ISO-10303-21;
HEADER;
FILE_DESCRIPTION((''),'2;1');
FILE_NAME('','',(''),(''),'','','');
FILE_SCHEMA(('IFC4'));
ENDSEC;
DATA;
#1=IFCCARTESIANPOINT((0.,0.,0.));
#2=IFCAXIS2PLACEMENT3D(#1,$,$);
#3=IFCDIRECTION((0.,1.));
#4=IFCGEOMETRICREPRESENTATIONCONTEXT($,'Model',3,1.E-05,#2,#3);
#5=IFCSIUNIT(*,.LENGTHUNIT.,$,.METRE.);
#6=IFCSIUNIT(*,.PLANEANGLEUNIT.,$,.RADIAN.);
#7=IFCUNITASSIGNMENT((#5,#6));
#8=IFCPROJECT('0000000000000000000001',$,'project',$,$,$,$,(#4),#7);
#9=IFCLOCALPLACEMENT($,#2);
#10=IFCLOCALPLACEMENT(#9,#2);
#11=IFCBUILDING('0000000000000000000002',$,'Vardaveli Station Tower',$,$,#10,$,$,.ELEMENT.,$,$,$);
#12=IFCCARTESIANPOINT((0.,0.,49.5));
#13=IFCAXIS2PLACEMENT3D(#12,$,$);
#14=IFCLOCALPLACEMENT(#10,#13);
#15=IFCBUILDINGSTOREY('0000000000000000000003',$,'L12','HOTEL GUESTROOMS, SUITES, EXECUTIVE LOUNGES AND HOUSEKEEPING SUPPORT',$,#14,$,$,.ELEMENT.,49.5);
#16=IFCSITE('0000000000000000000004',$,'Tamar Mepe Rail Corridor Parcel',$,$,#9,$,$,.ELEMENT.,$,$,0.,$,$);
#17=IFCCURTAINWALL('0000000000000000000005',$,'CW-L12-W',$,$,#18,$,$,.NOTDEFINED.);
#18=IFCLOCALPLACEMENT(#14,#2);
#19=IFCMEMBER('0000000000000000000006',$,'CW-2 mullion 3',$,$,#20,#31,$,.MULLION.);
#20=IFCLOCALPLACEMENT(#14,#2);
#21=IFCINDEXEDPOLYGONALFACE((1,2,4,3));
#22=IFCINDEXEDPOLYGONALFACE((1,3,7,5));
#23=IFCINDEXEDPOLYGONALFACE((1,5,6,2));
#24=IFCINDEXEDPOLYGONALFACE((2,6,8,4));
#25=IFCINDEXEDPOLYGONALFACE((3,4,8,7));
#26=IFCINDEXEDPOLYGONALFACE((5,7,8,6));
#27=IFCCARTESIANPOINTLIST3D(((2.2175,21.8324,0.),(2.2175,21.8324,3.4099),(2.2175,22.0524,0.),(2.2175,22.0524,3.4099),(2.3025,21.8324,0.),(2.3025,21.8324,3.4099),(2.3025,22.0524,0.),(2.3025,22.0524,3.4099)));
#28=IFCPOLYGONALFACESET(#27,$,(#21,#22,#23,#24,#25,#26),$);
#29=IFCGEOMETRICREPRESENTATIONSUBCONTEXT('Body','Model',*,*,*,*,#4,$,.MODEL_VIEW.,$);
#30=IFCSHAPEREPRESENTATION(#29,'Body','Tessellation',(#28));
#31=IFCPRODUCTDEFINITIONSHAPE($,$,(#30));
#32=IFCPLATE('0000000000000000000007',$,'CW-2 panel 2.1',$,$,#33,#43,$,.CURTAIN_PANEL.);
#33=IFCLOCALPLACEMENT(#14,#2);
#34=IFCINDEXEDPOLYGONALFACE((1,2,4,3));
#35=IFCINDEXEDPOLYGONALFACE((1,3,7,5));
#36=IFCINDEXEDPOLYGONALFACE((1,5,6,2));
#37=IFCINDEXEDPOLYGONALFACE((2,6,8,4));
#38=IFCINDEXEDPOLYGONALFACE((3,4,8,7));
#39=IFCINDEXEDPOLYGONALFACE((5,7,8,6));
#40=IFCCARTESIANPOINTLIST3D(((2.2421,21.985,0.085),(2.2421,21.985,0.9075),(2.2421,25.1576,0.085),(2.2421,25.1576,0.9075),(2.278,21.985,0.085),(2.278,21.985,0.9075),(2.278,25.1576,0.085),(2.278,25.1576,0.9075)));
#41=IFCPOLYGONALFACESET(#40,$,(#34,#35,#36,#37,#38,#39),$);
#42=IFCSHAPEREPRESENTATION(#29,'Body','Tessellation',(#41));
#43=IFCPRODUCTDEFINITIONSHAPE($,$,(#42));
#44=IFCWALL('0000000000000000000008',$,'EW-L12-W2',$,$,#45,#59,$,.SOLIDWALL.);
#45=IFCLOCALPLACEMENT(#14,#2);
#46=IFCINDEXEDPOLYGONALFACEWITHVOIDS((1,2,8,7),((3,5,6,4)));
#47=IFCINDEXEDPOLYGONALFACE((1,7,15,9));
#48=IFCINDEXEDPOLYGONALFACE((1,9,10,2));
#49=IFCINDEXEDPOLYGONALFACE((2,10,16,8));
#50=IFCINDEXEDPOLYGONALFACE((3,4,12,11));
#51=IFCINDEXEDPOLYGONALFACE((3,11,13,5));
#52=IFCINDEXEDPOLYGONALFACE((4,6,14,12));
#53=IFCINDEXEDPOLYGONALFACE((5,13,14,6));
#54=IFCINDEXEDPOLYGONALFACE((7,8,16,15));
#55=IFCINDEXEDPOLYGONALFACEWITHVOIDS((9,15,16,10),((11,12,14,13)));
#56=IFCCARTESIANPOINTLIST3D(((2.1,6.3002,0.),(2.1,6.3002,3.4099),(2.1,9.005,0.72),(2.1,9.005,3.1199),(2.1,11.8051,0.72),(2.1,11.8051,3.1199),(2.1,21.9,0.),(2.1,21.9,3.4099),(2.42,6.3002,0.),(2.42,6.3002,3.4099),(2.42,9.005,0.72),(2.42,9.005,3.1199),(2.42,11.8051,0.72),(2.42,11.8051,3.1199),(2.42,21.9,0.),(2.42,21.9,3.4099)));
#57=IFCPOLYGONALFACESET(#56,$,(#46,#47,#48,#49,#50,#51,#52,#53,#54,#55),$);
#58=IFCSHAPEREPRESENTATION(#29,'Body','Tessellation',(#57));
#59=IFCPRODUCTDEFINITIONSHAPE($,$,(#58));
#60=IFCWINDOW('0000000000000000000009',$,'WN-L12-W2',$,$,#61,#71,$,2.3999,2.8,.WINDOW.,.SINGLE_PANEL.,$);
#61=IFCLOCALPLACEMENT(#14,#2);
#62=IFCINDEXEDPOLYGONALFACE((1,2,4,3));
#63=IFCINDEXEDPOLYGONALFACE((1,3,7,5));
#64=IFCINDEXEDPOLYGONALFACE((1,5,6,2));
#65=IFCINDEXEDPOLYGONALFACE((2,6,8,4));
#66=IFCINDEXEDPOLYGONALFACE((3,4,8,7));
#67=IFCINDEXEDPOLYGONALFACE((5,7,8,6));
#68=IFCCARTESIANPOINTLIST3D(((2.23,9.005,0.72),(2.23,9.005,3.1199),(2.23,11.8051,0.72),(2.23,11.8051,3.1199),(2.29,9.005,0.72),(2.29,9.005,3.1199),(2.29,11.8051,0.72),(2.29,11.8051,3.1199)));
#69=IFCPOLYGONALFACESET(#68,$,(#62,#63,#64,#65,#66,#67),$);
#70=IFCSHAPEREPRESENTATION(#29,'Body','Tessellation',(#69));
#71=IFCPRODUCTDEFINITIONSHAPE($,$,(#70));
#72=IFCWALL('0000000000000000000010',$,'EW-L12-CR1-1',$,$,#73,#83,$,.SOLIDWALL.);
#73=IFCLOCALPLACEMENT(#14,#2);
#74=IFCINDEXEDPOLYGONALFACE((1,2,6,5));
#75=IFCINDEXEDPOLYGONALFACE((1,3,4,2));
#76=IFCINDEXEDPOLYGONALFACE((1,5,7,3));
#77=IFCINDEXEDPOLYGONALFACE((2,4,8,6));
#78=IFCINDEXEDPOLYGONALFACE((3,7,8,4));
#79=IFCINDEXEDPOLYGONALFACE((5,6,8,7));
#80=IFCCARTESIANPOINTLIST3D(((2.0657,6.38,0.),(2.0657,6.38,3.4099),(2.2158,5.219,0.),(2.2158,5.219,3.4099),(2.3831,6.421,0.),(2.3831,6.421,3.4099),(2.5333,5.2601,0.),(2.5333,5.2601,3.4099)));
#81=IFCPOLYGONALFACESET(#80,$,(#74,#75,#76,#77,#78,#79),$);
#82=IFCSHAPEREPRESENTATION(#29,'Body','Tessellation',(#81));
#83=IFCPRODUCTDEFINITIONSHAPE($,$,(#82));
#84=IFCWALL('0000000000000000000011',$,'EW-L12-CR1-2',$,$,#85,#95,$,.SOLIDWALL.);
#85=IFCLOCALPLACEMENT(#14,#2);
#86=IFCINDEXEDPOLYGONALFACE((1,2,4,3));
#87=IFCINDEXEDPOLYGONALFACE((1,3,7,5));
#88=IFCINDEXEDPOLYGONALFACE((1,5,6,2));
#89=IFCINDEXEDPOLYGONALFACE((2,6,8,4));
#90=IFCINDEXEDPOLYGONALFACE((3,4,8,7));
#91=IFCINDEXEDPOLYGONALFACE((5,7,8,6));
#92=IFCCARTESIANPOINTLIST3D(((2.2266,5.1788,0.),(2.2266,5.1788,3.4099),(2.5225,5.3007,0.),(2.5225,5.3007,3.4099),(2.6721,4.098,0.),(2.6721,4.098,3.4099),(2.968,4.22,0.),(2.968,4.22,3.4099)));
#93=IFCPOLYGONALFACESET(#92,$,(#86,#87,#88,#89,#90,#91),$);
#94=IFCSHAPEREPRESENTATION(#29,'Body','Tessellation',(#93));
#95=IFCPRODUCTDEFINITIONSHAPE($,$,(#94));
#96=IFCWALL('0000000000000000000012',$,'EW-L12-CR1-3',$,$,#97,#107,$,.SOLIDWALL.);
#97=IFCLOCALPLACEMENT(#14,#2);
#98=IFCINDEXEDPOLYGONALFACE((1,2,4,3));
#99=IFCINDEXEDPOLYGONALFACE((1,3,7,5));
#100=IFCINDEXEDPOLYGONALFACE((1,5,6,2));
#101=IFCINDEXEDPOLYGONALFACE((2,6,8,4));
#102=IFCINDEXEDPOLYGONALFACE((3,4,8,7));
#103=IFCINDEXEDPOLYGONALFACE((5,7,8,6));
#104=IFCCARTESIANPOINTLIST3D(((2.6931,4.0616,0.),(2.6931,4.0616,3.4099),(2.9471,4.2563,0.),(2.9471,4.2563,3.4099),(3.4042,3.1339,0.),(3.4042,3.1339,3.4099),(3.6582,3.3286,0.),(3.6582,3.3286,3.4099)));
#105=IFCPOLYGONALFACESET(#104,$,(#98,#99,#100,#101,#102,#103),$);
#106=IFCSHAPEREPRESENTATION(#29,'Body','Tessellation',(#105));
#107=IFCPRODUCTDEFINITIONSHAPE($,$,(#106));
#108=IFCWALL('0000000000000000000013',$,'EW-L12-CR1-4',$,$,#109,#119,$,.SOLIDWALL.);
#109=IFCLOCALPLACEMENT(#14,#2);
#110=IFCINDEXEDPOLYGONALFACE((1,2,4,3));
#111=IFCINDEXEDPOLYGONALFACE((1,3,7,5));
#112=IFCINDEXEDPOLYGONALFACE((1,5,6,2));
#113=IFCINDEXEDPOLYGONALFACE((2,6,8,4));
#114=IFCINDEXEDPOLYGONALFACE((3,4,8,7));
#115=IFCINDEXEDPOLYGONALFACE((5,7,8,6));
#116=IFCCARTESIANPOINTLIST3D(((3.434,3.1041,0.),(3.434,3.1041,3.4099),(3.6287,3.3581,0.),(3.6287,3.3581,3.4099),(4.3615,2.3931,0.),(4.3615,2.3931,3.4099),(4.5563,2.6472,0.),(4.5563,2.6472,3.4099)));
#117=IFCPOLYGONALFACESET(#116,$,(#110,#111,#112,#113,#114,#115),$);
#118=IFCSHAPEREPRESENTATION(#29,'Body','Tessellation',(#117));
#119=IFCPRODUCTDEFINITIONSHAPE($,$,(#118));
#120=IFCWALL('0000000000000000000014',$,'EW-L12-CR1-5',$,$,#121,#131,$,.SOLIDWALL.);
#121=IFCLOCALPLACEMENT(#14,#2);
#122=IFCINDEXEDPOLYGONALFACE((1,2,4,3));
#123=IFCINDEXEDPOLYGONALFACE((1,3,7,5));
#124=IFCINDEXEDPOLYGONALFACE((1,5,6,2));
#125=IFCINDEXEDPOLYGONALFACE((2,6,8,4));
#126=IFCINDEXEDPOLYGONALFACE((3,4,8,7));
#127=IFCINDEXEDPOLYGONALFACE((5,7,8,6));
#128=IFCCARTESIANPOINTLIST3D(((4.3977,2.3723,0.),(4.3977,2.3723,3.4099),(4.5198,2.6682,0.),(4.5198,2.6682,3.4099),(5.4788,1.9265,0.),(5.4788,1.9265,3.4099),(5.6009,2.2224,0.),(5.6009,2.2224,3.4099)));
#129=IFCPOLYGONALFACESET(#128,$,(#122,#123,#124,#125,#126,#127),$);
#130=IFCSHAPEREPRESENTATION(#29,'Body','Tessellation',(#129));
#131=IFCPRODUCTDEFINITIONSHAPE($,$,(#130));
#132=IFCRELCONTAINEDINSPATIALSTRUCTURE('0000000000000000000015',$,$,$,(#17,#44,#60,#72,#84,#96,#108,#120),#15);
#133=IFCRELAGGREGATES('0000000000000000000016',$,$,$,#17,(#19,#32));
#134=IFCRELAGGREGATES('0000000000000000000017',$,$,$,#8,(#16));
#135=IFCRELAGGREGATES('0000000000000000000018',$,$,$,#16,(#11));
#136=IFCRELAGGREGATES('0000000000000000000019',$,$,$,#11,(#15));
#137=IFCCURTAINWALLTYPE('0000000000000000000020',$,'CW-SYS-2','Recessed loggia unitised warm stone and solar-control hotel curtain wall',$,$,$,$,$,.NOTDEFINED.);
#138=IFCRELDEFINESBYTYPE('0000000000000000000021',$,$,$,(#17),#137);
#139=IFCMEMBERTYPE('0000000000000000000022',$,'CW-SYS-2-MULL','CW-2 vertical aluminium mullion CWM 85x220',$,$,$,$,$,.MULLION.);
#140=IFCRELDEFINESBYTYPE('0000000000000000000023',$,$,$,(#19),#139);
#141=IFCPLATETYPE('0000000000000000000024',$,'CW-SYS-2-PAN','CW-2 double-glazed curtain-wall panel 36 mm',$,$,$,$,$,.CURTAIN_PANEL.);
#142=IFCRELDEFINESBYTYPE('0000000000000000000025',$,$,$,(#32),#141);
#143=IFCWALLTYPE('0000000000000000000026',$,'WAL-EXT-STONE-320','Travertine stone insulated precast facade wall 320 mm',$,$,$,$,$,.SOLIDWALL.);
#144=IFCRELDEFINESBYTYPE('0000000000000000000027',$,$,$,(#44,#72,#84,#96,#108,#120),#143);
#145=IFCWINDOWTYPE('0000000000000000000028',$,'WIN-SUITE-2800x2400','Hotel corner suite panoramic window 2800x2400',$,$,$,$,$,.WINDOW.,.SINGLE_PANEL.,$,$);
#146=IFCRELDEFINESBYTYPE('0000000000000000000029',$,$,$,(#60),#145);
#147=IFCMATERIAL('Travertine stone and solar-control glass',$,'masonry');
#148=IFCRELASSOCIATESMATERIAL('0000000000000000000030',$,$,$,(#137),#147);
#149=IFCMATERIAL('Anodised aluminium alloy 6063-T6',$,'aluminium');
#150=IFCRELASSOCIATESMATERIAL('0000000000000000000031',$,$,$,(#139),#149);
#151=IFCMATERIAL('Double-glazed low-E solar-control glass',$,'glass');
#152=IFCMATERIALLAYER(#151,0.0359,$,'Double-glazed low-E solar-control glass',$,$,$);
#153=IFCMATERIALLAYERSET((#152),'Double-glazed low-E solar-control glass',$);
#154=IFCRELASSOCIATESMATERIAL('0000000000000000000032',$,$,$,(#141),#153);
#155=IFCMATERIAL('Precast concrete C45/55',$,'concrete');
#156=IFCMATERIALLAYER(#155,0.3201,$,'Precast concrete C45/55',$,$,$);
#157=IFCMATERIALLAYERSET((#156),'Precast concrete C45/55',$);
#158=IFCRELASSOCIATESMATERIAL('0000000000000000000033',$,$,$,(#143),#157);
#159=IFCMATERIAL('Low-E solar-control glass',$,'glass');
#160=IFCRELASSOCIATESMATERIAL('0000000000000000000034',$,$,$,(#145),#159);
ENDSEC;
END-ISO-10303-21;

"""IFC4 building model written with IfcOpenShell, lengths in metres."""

from ifc_helpers import new_model, si_unit, direction, frame, frame_2d, origin, origin_2d, place, context, subcontext, project, spatial, rectangle, extrude, source, transform, mapped, material, layer, layer_set, material_profile, profile_set, type_object, element, fill, aggregate, save


model = new_model("IFC4")

# Units and contexts
model_context = context("Model", 3, precision=1e-05, world=origin(), true_north=direction((0.0, 1.0)))
body_context = subcontext(model_context, "Body", "Model", "MODEL_VIEW")
ifc_project = project(units=[si_unit("LENGTHUNIT", "METRE"), si_unit("PLANEANGLEUNIT", "RADIAN")], contexts=[model_context])

# Site, building, storey
site_placement = place(None, origin())
site = spatial("IfcSite", under=ifc_project, at=site_placement, Name="Tamar Mepe Rail Corridor Parcel", CompositionType="ELEMENT", RefElevation=0.0)
building_placement = place(site_placement, origin())
building = spatial("IfcBuilding", under=site, at=building_placement, Name="Vardaveli Station Tower", CompositionType="ELEMENT")
storey_placement = place(building_placement, frame((0.0, 0.0, 49.5)))
storey = spatial("IfcBuildingStorey", under=building, at=storey_placement, Name="L12", Description="HOTEL GUESTROOMS, SUITES, EXECUTIVE LOUNGES AND HOUSEKEEPING SUPPORT", CompositionType="ELEMENT", Elevation=49.5)

# Shared definitions
ifc_material_1 = material(Name="Precast concrete C45/55", Category="concrete")

# Curtain wall, member, plate
ifc_material_2 = material(Name="Travertine stone and solar-control glass", Category="masonry")
curtain_wall_type = type_object("IfcCurtainWallType", Name="CW-SYS-2", Description="Recessed loggia unitised warm stone and solar-control hotel curtain wall", PredefinedType="NOTDEFINED", material=ifc_material_2)
curtain_wall_placement = place(storey_placement, origin())
curtain_wall = element("IfcCurtainWall", 1, at=curtain_wall_placement, inside=storey, type_object=curtain_wall_type, Name="CW-L12-W", PredefinedType="NOTDEFINED")
ifc_material_3 = material(Name="Anodised aluminium alloy 6063-T6", Category="aluminium")
ifc_material_profile_1 = material_profile(ifc_material_3, rectangle(XDim=0.085, YDim=0.22, at=origin_2d()), Name="CWM 85x220")
ifc_profile_set_1 = profile_set([ifc_material_profile_1], Name="Anodised aluminium alloy 6063-T6")
member_type = type_object("IfcMemberType", Name="CW-SYS-2-MULL", Description="CW-2 vertical aluminium mullion CWM 85x220", PredefinedType="MULLION", material=ifc_profile_set_1)
shared_shape_1 = source(origin(), body_context, "Body", "SweptSolid", [
    extrude(rectangle(XDim=0.085, YDim=0.22, at=origin_2d()), origin(), (0.0, 0.0, 1.0), 3.4099),
])
member_placement = place(storey_placement, frame((2.26, 21.9424, 0.0), z_axis=(0.0, 0.0, 1.0), x_axis=(1.0, 0.0, 0.0)))
member = element("IfcMember", 2, at=member_placement, type_object=member_type, Name="CW-2 mullion 3", PredefinedType="MULLION", context=body_context, shape_type="MappedRepresentation", body=[
    mapped(shared_shape_1, transform((0.0, 0.0, 0.0), scale=1.0)),
])
ifc_material_4 = material(Name="Double-glazed low-E solar-control glass", Category="glass")
ifc_layer_1 = layer(ifc_material_4, 0.0359, Name="Double-glazed low-E solar-control glass")
ifc_layer_set_1 = layer_set([ifc_layer_1], Name="Double-glazed low-E solar-control glass")
plate_type = type_object("IfcPlateType", Name="CW-SYS-2-PAN", Description="CW-2 double-glazed curtain-wall panel 36 mm", PredefinedType="CURTAIN_PANEL", material=ifc_layer_set_1)
shared_shape_2 = source(origin(), body_context, "Body", "SweptSolid", [
    extrude(rectangle(XDim=3.1726, YDim=0.0359, at=origin_2d()), origin(), (0.0, 0.0, 1.0), 0.8225),
])
plate_placement = place(storey_placement, frame((2.26, 23.5713, 0.085), z_axis=(0.0, 0.0, 1.0), x_axis=(0.0, -1.0, 0.0)))
plate = element("IfcPlate", 3, at=plate_placement, type_object=plate_type, Name="CW-2 panel 2.1", PredefinedType="CURTAIN_PANEL", context=body_context, shape_type="MappedRepresentation", body=[
    mapped(shared_shape_2, transform((0.0, 0.0, 0.0), scale=1.0)),
])
aggregate(curtain_wall, [member, plate])

# Wall, opening, window
ifc_layer_2 = layer(ifc_material_1, 0.3201, Name="Precast concrete C45/55")
ifc_layer_set_2 = layer_set([ifc_layer_2], Name="Precast concrete C45/55")
wall_type_1 = type_object("IfcWallType", Name="WAL-EXT-STONE-320", Description="Travertine stone insulated precast facade wall 320 mm", PredefinedType="SOLIDWALL", material=ifc_layer_set_2)
shared_shape_3 = source(origin(), body_context, "Body", "SweptSolid", [
    extrude(rectangle(XDim=15.5999, YDim=0.3201, at=frame_2d((7.7998, 0.0))), origin(), (0.0, 0.0, 1.0), 3.4099),
])
wall_1_placement = place(storey_placement, frame((2.26, 21.8999, 0.0), z_axis=(0.0, 0.0, 1.0), x_axis=(0.0, -1.0, 0.0)))
wall_1 = element("IfcWall", 4, at=wall_1_placement, inside=storey, type_object=wall_type_1, Name="EW-L12-W2", PredefinedType="SOLIDWALL", context=body_context, shape_type="MappedRepresentation", body=[
    mapped(shared_shape_3, transform((0.0, 0.0, 0.0), scale=1.0)),
])
shared_shape_4 = source(origin(), body_context, "Body", "SweptSolid", [
    extrude(rectangle(XDim=2.8, YDim=2.3999, at=frame_2d((1.3999, 1.2))), frame((0.0, 0.1699, 0.0), z_axis=(0.0, -1.0, 0.0), x_axis=(1.0, 0.0, 0.0)), (0.0, 0.0, 1.0), 0.3401),
])
opening_1_placement = place(wall_1_placement, frame((10.095, 0.0, 0.72)))
opening_1 = element("IfcOpeningElement", 5, at=opening_1_placement, cuts=wall_1, PredefinedType="OPENING", context=body_context, shape_type="MappedRepresentation", body=[
    mapped(shared_shape_4, transform((0.0, 0.0, 0.0), scale=1.0)),
])
ifc_material_5 = material(Name="Low-E solar-control glass", Category="glass")
window_type = type_object("IfcWindowType", Name="WIN-SUITE-2800x2400", Description="Hotel corner suite panoramic window 2800x2400", PartitioningType="SINGLE_PANEL", PredefinedType="WINDOW", material=ifc_material_5)
shared_shape_5 = source(origin(), body_context, "Body", "SweptSolid", [
    extrude(rectangle(XDim=2.8, YDim=2.3999, at=frame_2d((1.3999, 1.2))), frame((0.0, 0.03, 0.0), z_axis=(0.0, -1.0, 0.0), x_axis=(1.0, 0.0, 0.0)), (0.0, 0.0, 1.0), 0.0601),
])
window_placement = place(opening_1_placement, origin())
window = element("IfcWindow", 6, at=window_placement, inside=storey, type_object=window_type, Name="WN-L12-W2", OverallHeight=2.3999, OverallWidth=2.8, PartitioningType="SINGLE_PANEL", PredefinedType="WINDOW", context=body_context, shape_type="MappedRepresentation", body=[
    mapped(shared_shape_5, transform((0.0, 0.0, 0.0), scale=1.0)),
])
fill(opening_1, window)

# Walls
shared_shape_6 = source(origin(), body_context, "Body", "SweptSolid", [
    extrude(rectangle(XDim=1.1707, YDim=0.3201, at=frame_2d((0.5854, 0.0))), origin(), (0.0, 0.0, 1.0), 3.4099),
])
wall_2_placement = place(storey_placement, frame((2.2244, 6.4006, 0.0), z_axis=(0.0, 0.0, 1.0), x_axis=(0.128269, -0.991739, 0.0)))
element("IfcWall", 7, at=wall_2_placement, inside=storey, type_object=wall_type_1, Name="EW-L12-CR1-1", PredefinedType="SOLIDWALL", context=body_context, shape_type="MappedRepresentation", body=[
    mapped(shared_shape_6, transform((0.0, 0.0, 0.0), scale=1.0)),
])
shared_shape_7 = source(origin(), body_context, "Body", "SweptSolid", [
    extrude(rectangle(XDim=1.1689, YDim=0.3201, at=frame_2d((0.5845, 0.0))), origin(), (0.0, 0.0, 1.0), 3.4099),
])
for number, where, z_axis, x_axis, name in (
    (8, (2.3745, 5.2397, 0.0), (0.0, 0.0, 1.0), (0.381128, -0.924522, 0.0), "EW-L12-CR1-2"),
    (9, (2.8201, 4.1589, 0.0), (0.0, 0.0, 1.0), (0.608388, -0.79364, 0.0), "EW-L12-CR1-3"),
):
    element("IfcWall", number, at=place(storey_placement, frame(where, z_axis=z_axis, x_axis=x_axis)), inside=storey, type_object=wall_type_1, Name=name, PredefinedType="SOLIDWALL", context=body_context, shape_type="MappedRepresentation", body=[
        mapped(shared_shape_7, transform((0.0, 0.0, 0.0), scale=1.0)),
    ])
shared_shape_8 = source(origin(), body_context, "Body", "SweptSolid", [
    extrude(rectangle(XDim=1.1687, YDim=0.3201, at=frame_2d((0.5845, 0.0))), origin(), (0.0, 0.0, 1.0), 3.4099),
])
wall_3_placement = place(storey_placement, frame((3.5312, 3.2312, 0.0), z_axis=(0.0, 0.0, 1.0), x_axis=(0.793664, -0.608357, 0.0)))
element("IfcWall", 10, at=wall_3_placement, inside=storey, type_object=wall_type_1, Name="EW-L12-CR1-4", PredefinedType="SOLIDWALL", context=body_context, shape_type="MappedRepresentation", body=[
    mapped(shared_shape_8, transform((0.0, 0.0, 0.0), scale=1.0)),
])
shared_shape_9 = source(origin(), body_context, "Body", "SweptSolid", [
    extrude(rectangle(XDim=1.1694, YDim=0.3201, at=frame_2d((0.5847, 0.0))), origin(), (0.0, 0.0, 1.0), 3.4099),
])
wall_4_placement = place(storey_placement, frame((4.4587, 2.5203, 0.0), z_axis=(0.0, 0.0, 1.0), x_axis=(0.924479, -0.381233, 0.0)))
element("IfcWall", 11, at=wall_4_placement, inside=storey, type_object=wall_type_1, Name="EW-L12-CR1-5", PredefinedType="SOLIDWALL", context=body_context, shape_type="MappedRepresentation", body=[
    mapped(shared_shape_9, transform((0.0, 0.0, 0.0), scale=1.0)),
])

save(model, "model.ifc")
